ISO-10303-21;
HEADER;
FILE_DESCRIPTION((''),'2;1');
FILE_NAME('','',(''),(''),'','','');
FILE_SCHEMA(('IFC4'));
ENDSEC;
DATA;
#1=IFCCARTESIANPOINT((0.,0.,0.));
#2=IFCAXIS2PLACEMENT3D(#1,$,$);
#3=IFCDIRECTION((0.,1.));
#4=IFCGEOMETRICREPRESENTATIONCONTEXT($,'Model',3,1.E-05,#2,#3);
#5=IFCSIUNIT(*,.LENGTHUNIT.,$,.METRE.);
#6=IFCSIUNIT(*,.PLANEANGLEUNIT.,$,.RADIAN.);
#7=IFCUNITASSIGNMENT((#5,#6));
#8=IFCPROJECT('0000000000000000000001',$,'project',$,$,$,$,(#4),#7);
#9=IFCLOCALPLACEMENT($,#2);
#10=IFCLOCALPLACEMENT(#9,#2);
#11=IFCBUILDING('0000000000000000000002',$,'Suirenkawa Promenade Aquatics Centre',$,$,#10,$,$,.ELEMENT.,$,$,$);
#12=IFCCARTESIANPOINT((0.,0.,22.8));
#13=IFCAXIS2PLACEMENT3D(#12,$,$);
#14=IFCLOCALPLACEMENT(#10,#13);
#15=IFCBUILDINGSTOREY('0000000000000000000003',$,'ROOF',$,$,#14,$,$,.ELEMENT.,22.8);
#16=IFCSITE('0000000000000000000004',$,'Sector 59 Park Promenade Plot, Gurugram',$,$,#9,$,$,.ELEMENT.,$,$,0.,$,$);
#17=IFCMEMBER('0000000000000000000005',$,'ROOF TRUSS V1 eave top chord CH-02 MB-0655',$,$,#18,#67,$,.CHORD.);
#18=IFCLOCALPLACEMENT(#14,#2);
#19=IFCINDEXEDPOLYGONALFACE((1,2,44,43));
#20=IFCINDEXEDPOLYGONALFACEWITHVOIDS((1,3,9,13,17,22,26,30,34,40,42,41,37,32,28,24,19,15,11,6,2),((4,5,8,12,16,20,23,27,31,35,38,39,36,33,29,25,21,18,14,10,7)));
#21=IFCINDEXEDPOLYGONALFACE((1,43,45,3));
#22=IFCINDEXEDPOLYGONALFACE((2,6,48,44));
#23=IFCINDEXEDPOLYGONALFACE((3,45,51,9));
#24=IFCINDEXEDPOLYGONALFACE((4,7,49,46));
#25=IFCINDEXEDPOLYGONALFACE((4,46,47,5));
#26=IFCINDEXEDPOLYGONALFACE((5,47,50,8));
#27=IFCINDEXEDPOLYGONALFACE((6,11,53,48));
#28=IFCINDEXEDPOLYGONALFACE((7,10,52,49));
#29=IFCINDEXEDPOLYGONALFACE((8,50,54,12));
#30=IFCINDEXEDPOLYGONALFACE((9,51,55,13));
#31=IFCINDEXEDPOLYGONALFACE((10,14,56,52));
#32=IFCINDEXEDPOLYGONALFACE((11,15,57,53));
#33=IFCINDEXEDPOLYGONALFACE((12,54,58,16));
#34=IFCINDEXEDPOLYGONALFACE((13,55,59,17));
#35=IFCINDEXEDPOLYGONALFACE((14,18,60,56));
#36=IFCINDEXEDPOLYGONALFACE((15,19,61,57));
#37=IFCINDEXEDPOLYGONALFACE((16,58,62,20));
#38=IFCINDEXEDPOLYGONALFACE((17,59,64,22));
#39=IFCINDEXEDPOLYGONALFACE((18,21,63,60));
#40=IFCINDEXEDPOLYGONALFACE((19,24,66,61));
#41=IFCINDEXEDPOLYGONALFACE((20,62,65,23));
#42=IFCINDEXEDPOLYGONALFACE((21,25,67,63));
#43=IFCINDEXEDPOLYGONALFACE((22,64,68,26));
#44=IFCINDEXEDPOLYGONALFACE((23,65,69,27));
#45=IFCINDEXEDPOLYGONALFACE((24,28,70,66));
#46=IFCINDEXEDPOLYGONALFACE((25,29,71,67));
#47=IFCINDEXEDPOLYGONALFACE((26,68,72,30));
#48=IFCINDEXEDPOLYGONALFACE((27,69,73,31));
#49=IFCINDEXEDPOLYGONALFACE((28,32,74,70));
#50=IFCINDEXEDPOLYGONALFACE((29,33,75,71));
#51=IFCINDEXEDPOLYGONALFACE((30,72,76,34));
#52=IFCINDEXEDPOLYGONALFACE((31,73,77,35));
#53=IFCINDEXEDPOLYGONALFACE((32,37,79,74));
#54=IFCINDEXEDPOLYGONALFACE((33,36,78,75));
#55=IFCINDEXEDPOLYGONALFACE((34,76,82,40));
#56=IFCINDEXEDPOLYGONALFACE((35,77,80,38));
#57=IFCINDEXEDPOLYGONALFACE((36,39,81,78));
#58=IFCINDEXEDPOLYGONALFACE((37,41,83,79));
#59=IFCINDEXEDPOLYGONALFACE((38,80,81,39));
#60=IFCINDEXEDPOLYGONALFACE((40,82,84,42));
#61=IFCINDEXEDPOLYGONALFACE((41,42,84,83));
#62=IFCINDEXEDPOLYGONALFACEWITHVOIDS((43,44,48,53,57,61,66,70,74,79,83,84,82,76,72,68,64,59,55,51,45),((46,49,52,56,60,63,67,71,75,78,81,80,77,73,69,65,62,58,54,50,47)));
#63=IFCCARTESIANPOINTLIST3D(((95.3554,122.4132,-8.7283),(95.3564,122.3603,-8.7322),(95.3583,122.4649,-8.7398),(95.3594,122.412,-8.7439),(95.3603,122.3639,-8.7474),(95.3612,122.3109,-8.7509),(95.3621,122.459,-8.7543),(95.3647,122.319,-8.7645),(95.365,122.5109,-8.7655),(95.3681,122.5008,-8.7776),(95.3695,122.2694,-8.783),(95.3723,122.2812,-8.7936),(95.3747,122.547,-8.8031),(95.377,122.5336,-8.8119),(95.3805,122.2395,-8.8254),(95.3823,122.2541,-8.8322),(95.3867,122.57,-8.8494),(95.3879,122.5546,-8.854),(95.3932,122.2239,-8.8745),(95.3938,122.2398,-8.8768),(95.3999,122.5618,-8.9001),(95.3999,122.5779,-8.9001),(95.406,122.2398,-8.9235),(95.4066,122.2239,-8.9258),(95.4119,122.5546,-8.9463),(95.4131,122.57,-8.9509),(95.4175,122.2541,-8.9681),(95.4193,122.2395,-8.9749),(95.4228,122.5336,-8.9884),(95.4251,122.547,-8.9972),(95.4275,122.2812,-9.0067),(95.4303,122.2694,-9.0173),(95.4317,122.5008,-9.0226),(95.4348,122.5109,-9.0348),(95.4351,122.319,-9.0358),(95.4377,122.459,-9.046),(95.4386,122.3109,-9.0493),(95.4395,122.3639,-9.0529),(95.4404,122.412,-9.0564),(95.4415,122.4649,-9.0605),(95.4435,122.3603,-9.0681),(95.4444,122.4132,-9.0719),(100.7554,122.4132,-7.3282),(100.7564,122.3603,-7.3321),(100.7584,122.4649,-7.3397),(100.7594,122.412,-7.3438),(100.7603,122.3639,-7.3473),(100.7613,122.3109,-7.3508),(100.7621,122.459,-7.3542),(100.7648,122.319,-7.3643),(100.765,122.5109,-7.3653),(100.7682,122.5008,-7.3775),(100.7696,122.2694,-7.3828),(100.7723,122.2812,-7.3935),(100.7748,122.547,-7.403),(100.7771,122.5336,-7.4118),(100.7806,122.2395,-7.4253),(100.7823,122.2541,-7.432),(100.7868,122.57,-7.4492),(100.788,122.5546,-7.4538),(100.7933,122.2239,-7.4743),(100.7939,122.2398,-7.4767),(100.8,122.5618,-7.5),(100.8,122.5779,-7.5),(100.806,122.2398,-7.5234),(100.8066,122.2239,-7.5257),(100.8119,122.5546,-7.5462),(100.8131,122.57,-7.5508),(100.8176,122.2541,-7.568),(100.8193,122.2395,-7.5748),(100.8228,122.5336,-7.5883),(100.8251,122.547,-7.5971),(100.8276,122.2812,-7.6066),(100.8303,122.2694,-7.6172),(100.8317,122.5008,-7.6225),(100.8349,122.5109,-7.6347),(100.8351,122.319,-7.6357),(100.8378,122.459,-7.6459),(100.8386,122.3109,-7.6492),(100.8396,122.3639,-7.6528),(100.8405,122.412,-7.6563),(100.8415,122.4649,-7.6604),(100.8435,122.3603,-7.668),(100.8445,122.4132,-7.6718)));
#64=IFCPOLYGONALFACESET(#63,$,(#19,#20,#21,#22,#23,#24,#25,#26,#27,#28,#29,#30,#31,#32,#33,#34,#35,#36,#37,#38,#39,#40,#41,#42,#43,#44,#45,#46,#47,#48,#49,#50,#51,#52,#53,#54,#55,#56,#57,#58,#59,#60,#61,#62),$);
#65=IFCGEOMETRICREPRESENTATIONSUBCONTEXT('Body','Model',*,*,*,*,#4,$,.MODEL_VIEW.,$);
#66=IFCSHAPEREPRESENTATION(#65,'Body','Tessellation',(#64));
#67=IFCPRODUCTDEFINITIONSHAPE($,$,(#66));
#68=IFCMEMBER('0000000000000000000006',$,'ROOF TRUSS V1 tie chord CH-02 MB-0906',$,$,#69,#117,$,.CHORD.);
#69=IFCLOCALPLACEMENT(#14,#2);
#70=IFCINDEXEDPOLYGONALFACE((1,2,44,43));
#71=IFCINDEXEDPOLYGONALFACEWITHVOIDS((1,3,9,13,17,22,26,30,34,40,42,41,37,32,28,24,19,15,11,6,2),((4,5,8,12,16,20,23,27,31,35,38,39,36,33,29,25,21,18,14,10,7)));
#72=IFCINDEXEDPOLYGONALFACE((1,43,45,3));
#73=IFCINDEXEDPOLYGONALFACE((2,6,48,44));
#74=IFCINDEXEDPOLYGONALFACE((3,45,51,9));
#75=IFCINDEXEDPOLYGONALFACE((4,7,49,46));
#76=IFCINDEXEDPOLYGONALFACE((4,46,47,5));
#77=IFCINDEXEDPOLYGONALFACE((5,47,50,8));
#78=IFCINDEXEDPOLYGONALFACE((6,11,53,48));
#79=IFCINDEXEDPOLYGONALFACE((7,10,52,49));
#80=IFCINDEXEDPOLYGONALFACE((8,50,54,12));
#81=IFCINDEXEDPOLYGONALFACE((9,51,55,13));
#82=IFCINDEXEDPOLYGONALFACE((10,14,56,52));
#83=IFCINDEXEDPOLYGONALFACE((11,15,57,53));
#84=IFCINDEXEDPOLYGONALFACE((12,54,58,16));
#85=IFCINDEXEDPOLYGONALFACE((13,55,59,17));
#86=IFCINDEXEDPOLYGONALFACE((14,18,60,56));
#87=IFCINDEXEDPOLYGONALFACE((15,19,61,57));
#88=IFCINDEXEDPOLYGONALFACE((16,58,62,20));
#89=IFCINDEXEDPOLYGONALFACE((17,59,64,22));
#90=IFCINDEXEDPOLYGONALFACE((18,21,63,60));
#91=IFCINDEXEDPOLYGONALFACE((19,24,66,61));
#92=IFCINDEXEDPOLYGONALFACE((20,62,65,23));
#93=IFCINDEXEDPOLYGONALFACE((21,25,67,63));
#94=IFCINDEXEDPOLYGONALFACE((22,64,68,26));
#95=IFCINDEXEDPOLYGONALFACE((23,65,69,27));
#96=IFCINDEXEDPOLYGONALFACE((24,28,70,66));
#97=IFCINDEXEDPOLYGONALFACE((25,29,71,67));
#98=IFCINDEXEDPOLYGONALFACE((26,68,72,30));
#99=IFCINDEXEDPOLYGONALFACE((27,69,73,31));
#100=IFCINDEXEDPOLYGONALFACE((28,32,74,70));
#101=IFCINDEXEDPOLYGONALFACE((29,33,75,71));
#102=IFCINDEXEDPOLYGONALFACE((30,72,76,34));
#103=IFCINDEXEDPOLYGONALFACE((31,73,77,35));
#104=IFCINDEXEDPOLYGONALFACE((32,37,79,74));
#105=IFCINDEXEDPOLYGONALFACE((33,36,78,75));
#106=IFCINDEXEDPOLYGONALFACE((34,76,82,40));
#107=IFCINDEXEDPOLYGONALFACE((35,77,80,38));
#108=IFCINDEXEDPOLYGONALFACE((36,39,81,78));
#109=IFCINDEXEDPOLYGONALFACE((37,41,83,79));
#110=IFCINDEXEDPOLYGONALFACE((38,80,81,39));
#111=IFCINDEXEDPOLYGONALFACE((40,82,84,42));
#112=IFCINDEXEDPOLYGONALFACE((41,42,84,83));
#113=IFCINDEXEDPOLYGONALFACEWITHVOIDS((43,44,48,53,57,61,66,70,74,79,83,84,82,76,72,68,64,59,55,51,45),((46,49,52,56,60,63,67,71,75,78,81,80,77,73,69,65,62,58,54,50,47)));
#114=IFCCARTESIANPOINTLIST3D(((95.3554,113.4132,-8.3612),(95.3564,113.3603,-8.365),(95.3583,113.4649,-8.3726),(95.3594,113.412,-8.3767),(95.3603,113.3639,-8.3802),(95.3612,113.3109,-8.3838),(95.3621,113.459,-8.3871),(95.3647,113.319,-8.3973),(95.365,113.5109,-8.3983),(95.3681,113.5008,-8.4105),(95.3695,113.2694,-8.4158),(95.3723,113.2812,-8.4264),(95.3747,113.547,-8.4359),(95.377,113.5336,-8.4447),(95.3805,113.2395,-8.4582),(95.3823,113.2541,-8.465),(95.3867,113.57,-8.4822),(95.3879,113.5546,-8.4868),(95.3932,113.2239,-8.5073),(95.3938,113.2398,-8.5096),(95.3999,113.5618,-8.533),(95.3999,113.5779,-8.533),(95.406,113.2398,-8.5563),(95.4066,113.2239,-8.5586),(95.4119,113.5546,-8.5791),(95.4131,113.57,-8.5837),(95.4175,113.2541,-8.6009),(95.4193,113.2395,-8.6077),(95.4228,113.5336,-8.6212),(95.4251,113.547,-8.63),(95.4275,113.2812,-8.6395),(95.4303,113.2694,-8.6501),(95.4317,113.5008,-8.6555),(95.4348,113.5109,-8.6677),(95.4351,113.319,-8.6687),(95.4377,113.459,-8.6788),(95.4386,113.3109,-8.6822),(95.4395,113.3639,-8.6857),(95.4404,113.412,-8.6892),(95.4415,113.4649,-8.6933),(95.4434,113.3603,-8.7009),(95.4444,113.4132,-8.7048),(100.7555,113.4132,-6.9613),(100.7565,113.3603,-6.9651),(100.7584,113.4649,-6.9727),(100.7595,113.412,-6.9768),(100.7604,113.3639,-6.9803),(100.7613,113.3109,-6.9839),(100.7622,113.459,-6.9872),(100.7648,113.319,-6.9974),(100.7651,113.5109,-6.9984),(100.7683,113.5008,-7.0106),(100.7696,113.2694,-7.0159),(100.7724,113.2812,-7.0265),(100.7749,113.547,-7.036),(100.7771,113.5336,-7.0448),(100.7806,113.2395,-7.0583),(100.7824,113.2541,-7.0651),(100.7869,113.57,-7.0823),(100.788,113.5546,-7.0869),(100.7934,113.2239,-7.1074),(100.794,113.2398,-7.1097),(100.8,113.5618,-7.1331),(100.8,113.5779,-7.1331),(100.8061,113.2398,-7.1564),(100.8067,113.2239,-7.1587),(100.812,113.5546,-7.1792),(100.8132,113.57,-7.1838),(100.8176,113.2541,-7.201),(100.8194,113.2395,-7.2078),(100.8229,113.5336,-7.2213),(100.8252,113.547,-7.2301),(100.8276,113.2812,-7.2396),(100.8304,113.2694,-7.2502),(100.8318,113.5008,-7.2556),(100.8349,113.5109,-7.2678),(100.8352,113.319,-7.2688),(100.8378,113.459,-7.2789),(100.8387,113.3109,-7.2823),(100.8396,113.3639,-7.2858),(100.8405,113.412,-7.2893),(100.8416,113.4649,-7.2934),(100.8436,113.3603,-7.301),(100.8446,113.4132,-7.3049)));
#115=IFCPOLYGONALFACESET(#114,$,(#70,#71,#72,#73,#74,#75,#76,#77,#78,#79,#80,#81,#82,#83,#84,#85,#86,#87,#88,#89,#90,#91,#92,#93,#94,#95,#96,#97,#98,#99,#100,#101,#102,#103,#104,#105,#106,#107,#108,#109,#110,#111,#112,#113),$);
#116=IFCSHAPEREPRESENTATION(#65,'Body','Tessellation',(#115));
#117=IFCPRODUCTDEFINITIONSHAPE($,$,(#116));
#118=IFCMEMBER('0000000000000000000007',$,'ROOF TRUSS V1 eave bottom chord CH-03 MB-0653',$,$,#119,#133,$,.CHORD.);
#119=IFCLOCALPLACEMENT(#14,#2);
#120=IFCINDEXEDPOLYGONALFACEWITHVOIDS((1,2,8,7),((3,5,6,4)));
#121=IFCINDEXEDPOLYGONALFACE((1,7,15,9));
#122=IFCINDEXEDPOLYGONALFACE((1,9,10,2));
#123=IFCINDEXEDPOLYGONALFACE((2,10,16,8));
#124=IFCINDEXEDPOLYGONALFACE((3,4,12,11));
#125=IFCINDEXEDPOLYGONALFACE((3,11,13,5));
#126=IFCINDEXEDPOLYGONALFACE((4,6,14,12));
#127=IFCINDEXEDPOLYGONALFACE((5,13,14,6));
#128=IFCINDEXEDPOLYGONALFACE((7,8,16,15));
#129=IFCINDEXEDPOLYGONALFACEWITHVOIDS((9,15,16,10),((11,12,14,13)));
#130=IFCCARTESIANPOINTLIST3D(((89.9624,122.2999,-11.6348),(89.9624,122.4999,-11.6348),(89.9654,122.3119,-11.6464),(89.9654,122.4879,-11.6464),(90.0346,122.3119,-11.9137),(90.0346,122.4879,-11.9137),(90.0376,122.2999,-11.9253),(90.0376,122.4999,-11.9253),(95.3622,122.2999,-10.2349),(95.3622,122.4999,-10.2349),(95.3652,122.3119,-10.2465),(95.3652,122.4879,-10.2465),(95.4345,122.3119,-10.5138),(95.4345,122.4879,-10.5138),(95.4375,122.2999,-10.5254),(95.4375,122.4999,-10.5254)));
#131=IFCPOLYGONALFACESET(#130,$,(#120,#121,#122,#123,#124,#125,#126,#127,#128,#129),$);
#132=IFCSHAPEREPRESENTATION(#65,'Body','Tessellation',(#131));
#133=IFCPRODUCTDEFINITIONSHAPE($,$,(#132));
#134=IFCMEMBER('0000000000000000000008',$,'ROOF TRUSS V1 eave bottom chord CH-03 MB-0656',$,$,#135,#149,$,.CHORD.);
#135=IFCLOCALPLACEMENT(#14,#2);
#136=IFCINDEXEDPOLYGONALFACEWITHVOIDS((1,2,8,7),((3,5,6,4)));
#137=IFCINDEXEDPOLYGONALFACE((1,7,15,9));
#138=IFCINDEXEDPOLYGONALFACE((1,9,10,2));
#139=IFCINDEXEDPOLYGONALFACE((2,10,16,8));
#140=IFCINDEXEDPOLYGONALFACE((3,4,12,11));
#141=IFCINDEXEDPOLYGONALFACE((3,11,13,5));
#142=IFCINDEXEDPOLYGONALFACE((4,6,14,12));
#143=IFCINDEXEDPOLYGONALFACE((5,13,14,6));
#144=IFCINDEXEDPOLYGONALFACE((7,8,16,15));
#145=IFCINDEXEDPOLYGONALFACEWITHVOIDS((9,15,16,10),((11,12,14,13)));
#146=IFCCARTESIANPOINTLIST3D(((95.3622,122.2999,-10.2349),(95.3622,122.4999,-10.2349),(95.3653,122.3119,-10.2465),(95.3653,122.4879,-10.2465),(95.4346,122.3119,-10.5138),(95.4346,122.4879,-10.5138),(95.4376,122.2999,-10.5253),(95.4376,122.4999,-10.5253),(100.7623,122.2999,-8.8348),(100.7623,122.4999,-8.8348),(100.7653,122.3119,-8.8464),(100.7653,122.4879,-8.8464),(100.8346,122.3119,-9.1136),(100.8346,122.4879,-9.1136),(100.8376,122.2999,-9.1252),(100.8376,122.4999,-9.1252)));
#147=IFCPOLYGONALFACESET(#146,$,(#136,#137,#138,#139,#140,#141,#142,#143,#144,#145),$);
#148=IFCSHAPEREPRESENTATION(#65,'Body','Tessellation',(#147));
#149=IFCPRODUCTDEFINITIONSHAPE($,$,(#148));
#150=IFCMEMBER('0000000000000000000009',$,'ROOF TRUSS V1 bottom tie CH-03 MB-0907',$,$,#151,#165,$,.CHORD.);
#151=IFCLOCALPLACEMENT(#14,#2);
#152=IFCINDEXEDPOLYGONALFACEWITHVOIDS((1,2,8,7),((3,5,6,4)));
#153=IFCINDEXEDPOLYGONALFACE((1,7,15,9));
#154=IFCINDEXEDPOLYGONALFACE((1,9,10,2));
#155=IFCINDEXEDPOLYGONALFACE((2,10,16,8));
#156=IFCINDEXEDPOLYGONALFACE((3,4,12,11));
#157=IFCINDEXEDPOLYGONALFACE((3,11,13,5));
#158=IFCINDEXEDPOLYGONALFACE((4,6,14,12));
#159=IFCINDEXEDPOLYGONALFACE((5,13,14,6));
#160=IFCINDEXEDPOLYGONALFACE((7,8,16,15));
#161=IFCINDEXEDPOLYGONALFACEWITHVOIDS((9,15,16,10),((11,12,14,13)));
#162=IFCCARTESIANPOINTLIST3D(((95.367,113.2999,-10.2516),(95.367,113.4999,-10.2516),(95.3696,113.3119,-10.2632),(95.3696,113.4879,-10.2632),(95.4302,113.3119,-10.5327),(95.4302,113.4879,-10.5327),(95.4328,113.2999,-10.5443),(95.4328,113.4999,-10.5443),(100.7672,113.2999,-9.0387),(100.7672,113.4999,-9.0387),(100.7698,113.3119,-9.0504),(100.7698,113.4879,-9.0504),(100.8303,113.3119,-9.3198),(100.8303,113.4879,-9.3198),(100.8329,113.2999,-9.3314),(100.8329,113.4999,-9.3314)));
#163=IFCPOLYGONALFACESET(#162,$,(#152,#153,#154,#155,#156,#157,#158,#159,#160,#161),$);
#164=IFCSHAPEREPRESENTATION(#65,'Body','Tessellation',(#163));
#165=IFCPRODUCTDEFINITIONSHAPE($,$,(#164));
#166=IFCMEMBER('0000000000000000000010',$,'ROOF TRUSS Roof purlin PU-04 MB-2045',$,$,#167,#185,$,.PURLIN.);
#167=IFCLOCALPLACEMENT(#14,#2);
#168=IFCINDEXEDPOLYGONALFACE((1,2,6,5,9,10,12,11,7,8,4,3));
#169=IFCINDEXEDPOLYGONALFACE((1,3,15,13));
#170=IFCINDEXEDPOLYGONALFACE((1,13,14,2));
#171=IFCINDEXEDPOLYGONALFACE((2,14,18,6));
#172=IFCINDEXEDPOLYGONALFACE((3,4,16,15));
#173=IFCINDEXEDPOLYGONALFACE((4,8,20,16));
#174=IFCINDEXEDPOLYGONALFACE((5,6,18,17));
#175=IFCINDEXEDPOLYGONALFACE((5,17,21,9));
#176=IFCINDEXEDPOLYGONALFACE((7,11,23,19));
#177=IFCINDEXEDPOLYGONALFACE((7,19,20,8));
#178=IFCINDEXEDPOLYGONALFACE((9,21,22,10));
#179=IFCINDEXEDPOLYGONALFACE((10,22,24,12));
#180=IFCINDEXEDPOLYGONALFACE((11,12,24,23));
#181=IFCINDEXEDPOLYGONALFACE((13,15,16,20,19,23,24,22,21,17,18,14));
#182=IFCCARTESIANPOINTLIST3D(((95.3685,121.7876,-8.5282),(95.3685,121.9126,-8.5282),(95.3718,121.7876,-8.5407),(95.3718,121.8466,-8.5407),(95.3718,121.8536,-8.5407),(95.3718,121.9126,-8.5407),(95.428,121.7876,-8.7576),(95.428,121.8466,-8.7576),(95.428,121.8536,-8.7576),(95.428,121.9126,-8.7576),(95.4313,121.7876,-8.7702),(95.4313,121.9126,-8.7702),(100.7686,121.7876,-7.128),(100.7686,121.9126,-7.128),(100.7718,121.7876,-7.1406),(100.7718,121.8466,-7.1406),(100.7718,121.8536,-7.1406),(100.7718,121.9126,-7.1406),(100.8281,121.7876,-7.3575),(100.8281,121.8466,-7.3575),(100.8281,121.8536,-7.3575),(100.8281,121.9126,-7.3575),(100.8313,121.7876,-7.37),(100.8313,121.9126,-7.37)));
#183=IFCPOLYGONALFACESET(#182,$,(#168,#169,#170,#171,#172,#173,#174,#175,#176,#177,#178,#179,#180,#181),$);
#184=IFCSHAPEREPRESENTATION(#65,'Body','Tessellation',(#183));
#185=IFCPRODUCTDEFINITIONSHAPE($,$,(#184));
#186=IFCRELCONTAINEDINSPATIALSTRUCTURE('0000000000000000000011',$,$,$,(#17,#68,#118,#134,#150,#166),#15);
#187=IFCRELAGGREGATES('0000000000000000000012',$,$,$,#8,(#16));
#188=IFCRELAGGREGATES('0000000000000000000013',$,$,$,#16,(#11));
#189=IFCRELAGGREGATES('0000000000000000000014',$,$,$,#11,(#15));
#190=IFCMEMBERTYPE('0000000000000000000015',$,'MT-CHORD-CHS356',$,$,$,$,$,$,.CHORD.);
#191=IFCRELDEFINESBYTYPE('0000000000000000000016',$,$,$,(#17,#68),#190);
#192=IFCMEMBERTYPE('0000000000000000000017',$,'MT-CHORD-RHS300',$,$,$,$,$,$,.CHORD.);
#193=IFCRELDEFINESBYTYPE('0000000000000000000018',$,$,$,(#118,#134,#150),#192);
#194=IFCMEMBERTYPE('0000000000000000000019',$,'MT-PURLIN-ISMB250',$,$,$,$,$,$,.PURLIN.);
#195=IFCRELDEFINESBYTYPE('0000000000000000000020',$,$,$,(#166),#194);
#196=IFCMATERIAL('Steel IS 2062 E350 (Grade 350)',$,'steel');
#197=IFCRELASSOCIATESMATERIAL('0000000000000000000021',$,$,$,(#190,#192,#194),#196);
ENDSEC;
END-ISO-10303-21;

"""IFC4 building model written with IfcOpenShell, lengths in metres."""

from ifc_helpers import new_model, si_unit, direction, frame, origin, origin_2d, place, context, subcontext, project, spatial, hollow_rectangle, hollow_circle, i_section, extrude, material, material_profile, profile_set, type_object, element, save


model = new_model("IFC4")

# Units and contexts
model_context = context("Model", 3, precision=1e-05, world=origin(), true_north=direction((0.0, 1.0)))
body_context = subcontext(model_context, "Body", "Model", "MODEL_VIEW")
ifc_project = project(units=[si_unit("LENGTHUNIT", "METRE"), si_unit("PLANEANGLEUNIT", "RADIAN")], contexts=[model_context])

# Site, building, storey
site_placement = place(None, origin())
site = spatial("IfcSite", under=ifc_project, at=site_placement, Name="Sector 59 Park Promenade Plot, Gurugram", CompositionType="ELEMENT", RefElevation=0.0)
building_placement = place(site_placement, origin())
building = spatial("IfcBuilding", under=site, at=building_placement, Name="Suirenkawa Promenade Aquatics Centre", CompositionType="ELEMENT")
storey_placement = place(building_placement, frame((0.0, 0.0, 22.8)))
storey = spatial("IfcBuildingStorey", under=building, at=storey_placement, Name="ROOF", CompositionType="ELEMENT", Elevation=22.8)

# Shared definitions
ifc_material = material(Name="Steel IS 2062 E350 (Grade 350)", Category="steel")

# Members
ifc_material_profile_1 = material_profile(ifc_material, hollow_circle(Radius=0.178, WallThickness=0.0161, at=origin_2d()), Name="CHS 356x16", Category="steel")
ifc_profile_set_1 = profile_set([ifc_material_profile_1], Name="Steel IS 2062 E350 (Grade 350)")
member_type_1 = type_object("IfcMemberType", Name="MT-CHORD-CHS356", PredefinedType="CHORD", material=ifc_profile_set_1)
for number, where, z_axis, x_axis, name in (
    (1, (95.3999, 122.3999, -8.9001), (0.967992, 0.0, 0.25098), (0.0, 1.0, 0.0), "ROOF TRUSS V1 eave top chord CH-02 MB-0655"),
    (2, (95.3999, 113.3999, -8.533), (0.968003, 0.0, 0.250939), (0.0, 1.0, 0.0), "ROOF TRUSS V1 tie chord CH-02 MB-0906"),
):
    element("IfcMember", number, at=place(storey_placement, frame(where, z_axis=z_axis, x_axis=x_axis)), inside=storey, type_object=member_type_1, Name=name, PredefinedType="CHORD", context=body_context, shape_type="SweptSolid", body=[
        extrude(hollow_circle(Radius=0.178, WallThickness=0.0161, at=origin_2d()), origin(), (0.0, 0.0, 1.0), 5.5786),
    ])
ifc_material_profile_2 = material_profile(ifc_material, hollow_rectangle(XDim=0.2, YDim=0.3, WallThickness=0.012, at=origin_2d()), Name="RHS 300x200x12", Category="steel")
ifc_profile_set_2 = profile_set([ifc_material_profile_2], Name="Steel IS 2062 E350 (Grade 350)")
member_type_2 = type_object("IfcMemberType", Name="MT-CHORD-RHS300", PredefinedType="CHORD", material=ifc_profile_set_2)
member_1_placement = place(storey_placement, frame((90.0, 122.3999, -11.78), z_axis=(0.968, 0.0, 0.25095), x_axis=(0.0, 1.0, 0.0)))
element("IfcMember", 3, at=member_1_placement, inside=storey, type_object=member_type_2, Name="ROOF TRUSS V1 eave bottom chord CH-03 MB-0653", PredefinedType="CHORD", context=body_context, shape_type="SweptSolid", body=[
    extrude(hollow_rectangle(XDim=0.2, YDim=0.3, WallThickness=0.012, at=origin_2d()), origin(), (0.0, 0.0, 1.0), 5.5784),
])
member_2_placement = place(storey_placement, frame((95.3999, 122.3999, -10.3801), z_axis=(0.967992, 0.0, 0.25098), x_axis=(0.0, 1.0, 0.0)))
element("IfcMember", 4, at=member_2_placement, inside=storey, type_object=member_type_2, Name="ROOF TRUSS V1 eave bottom chord CH-03 MB-0656", PredefinedType="CHORD", context=body_context, shape_type="SweptSolid", body=[
    extrude(hollow_rectangle(XDim=0.2, YDim=0.3, WallThickness=0.012, at=origin_2d()), origin(), (0.0, 0.0, 1.0), 5.5786),
])
member_3_placement = place(storey_placement, frame((95.3999, 113.3999, -10.3979), z_axis=(0.975693, 0.0, 0.219144), x_axis=(0.0, 1.0, 0.0)))
element("IfcMember", 5, at=member_3_placement, inside=storey, type_object=member_type_2, Name="ROOF TRUSS V1 bottom tie CH-03 MB-0907", PredefinedType="CHORD", context=body_context, shape_type="SweptSolid", body=[
    extrude(hollow_rectangle(XDim=0.2, YDim=0.3, WallThickness=0.012, at=origin_2d()), origin(), (0.0, 0.0, 1.0), 5.5347),
])
ifc_material_profile_3 = material_profile(ifc_material, i_section(OverallWidth=0.125, OverallDepth=0.25, WebThickness=0.0071, FlangeThickness=0.0129, at=origin_2d()), Name="ISMB 250", Category="steel")
ifc_profile_set_3 = profile_set([ifc_material_profile_3], Name="Steel IS 2062 E350 (Grade 350)")
member_type_3 = type_object("IfcMemberType", Name="MT-PURLIN-ISMB250", PredefinedType="PURLIN", material=ifc_profile_set_3)
member_4_placement = place(storey_placement, frame((95.3999, 121.8501, -8.6492), z_axis=(0.967992, 0.0, 0.25098), x_axis=(0.0, 1.0, 0.0)))
element("IfcMember", 6, at=member_4_placement, inside=storey, type_object=member_type_3, Name="ROOF TRUSS Roof purlin PU-04 MB-2045", PredefinedType="PURLIN", context=body_context, shape_type="SweptSolid", body=[
    extrude(i_section(OverallWidth=0.125, OverallDepth=0.25, WebThickness=0.0071, FlangeThickness=0.0129, at=origin_2d()), origin(), (0.0, 0.0, 1.0), 5.5786),
])

save(model, "model.ifc")
